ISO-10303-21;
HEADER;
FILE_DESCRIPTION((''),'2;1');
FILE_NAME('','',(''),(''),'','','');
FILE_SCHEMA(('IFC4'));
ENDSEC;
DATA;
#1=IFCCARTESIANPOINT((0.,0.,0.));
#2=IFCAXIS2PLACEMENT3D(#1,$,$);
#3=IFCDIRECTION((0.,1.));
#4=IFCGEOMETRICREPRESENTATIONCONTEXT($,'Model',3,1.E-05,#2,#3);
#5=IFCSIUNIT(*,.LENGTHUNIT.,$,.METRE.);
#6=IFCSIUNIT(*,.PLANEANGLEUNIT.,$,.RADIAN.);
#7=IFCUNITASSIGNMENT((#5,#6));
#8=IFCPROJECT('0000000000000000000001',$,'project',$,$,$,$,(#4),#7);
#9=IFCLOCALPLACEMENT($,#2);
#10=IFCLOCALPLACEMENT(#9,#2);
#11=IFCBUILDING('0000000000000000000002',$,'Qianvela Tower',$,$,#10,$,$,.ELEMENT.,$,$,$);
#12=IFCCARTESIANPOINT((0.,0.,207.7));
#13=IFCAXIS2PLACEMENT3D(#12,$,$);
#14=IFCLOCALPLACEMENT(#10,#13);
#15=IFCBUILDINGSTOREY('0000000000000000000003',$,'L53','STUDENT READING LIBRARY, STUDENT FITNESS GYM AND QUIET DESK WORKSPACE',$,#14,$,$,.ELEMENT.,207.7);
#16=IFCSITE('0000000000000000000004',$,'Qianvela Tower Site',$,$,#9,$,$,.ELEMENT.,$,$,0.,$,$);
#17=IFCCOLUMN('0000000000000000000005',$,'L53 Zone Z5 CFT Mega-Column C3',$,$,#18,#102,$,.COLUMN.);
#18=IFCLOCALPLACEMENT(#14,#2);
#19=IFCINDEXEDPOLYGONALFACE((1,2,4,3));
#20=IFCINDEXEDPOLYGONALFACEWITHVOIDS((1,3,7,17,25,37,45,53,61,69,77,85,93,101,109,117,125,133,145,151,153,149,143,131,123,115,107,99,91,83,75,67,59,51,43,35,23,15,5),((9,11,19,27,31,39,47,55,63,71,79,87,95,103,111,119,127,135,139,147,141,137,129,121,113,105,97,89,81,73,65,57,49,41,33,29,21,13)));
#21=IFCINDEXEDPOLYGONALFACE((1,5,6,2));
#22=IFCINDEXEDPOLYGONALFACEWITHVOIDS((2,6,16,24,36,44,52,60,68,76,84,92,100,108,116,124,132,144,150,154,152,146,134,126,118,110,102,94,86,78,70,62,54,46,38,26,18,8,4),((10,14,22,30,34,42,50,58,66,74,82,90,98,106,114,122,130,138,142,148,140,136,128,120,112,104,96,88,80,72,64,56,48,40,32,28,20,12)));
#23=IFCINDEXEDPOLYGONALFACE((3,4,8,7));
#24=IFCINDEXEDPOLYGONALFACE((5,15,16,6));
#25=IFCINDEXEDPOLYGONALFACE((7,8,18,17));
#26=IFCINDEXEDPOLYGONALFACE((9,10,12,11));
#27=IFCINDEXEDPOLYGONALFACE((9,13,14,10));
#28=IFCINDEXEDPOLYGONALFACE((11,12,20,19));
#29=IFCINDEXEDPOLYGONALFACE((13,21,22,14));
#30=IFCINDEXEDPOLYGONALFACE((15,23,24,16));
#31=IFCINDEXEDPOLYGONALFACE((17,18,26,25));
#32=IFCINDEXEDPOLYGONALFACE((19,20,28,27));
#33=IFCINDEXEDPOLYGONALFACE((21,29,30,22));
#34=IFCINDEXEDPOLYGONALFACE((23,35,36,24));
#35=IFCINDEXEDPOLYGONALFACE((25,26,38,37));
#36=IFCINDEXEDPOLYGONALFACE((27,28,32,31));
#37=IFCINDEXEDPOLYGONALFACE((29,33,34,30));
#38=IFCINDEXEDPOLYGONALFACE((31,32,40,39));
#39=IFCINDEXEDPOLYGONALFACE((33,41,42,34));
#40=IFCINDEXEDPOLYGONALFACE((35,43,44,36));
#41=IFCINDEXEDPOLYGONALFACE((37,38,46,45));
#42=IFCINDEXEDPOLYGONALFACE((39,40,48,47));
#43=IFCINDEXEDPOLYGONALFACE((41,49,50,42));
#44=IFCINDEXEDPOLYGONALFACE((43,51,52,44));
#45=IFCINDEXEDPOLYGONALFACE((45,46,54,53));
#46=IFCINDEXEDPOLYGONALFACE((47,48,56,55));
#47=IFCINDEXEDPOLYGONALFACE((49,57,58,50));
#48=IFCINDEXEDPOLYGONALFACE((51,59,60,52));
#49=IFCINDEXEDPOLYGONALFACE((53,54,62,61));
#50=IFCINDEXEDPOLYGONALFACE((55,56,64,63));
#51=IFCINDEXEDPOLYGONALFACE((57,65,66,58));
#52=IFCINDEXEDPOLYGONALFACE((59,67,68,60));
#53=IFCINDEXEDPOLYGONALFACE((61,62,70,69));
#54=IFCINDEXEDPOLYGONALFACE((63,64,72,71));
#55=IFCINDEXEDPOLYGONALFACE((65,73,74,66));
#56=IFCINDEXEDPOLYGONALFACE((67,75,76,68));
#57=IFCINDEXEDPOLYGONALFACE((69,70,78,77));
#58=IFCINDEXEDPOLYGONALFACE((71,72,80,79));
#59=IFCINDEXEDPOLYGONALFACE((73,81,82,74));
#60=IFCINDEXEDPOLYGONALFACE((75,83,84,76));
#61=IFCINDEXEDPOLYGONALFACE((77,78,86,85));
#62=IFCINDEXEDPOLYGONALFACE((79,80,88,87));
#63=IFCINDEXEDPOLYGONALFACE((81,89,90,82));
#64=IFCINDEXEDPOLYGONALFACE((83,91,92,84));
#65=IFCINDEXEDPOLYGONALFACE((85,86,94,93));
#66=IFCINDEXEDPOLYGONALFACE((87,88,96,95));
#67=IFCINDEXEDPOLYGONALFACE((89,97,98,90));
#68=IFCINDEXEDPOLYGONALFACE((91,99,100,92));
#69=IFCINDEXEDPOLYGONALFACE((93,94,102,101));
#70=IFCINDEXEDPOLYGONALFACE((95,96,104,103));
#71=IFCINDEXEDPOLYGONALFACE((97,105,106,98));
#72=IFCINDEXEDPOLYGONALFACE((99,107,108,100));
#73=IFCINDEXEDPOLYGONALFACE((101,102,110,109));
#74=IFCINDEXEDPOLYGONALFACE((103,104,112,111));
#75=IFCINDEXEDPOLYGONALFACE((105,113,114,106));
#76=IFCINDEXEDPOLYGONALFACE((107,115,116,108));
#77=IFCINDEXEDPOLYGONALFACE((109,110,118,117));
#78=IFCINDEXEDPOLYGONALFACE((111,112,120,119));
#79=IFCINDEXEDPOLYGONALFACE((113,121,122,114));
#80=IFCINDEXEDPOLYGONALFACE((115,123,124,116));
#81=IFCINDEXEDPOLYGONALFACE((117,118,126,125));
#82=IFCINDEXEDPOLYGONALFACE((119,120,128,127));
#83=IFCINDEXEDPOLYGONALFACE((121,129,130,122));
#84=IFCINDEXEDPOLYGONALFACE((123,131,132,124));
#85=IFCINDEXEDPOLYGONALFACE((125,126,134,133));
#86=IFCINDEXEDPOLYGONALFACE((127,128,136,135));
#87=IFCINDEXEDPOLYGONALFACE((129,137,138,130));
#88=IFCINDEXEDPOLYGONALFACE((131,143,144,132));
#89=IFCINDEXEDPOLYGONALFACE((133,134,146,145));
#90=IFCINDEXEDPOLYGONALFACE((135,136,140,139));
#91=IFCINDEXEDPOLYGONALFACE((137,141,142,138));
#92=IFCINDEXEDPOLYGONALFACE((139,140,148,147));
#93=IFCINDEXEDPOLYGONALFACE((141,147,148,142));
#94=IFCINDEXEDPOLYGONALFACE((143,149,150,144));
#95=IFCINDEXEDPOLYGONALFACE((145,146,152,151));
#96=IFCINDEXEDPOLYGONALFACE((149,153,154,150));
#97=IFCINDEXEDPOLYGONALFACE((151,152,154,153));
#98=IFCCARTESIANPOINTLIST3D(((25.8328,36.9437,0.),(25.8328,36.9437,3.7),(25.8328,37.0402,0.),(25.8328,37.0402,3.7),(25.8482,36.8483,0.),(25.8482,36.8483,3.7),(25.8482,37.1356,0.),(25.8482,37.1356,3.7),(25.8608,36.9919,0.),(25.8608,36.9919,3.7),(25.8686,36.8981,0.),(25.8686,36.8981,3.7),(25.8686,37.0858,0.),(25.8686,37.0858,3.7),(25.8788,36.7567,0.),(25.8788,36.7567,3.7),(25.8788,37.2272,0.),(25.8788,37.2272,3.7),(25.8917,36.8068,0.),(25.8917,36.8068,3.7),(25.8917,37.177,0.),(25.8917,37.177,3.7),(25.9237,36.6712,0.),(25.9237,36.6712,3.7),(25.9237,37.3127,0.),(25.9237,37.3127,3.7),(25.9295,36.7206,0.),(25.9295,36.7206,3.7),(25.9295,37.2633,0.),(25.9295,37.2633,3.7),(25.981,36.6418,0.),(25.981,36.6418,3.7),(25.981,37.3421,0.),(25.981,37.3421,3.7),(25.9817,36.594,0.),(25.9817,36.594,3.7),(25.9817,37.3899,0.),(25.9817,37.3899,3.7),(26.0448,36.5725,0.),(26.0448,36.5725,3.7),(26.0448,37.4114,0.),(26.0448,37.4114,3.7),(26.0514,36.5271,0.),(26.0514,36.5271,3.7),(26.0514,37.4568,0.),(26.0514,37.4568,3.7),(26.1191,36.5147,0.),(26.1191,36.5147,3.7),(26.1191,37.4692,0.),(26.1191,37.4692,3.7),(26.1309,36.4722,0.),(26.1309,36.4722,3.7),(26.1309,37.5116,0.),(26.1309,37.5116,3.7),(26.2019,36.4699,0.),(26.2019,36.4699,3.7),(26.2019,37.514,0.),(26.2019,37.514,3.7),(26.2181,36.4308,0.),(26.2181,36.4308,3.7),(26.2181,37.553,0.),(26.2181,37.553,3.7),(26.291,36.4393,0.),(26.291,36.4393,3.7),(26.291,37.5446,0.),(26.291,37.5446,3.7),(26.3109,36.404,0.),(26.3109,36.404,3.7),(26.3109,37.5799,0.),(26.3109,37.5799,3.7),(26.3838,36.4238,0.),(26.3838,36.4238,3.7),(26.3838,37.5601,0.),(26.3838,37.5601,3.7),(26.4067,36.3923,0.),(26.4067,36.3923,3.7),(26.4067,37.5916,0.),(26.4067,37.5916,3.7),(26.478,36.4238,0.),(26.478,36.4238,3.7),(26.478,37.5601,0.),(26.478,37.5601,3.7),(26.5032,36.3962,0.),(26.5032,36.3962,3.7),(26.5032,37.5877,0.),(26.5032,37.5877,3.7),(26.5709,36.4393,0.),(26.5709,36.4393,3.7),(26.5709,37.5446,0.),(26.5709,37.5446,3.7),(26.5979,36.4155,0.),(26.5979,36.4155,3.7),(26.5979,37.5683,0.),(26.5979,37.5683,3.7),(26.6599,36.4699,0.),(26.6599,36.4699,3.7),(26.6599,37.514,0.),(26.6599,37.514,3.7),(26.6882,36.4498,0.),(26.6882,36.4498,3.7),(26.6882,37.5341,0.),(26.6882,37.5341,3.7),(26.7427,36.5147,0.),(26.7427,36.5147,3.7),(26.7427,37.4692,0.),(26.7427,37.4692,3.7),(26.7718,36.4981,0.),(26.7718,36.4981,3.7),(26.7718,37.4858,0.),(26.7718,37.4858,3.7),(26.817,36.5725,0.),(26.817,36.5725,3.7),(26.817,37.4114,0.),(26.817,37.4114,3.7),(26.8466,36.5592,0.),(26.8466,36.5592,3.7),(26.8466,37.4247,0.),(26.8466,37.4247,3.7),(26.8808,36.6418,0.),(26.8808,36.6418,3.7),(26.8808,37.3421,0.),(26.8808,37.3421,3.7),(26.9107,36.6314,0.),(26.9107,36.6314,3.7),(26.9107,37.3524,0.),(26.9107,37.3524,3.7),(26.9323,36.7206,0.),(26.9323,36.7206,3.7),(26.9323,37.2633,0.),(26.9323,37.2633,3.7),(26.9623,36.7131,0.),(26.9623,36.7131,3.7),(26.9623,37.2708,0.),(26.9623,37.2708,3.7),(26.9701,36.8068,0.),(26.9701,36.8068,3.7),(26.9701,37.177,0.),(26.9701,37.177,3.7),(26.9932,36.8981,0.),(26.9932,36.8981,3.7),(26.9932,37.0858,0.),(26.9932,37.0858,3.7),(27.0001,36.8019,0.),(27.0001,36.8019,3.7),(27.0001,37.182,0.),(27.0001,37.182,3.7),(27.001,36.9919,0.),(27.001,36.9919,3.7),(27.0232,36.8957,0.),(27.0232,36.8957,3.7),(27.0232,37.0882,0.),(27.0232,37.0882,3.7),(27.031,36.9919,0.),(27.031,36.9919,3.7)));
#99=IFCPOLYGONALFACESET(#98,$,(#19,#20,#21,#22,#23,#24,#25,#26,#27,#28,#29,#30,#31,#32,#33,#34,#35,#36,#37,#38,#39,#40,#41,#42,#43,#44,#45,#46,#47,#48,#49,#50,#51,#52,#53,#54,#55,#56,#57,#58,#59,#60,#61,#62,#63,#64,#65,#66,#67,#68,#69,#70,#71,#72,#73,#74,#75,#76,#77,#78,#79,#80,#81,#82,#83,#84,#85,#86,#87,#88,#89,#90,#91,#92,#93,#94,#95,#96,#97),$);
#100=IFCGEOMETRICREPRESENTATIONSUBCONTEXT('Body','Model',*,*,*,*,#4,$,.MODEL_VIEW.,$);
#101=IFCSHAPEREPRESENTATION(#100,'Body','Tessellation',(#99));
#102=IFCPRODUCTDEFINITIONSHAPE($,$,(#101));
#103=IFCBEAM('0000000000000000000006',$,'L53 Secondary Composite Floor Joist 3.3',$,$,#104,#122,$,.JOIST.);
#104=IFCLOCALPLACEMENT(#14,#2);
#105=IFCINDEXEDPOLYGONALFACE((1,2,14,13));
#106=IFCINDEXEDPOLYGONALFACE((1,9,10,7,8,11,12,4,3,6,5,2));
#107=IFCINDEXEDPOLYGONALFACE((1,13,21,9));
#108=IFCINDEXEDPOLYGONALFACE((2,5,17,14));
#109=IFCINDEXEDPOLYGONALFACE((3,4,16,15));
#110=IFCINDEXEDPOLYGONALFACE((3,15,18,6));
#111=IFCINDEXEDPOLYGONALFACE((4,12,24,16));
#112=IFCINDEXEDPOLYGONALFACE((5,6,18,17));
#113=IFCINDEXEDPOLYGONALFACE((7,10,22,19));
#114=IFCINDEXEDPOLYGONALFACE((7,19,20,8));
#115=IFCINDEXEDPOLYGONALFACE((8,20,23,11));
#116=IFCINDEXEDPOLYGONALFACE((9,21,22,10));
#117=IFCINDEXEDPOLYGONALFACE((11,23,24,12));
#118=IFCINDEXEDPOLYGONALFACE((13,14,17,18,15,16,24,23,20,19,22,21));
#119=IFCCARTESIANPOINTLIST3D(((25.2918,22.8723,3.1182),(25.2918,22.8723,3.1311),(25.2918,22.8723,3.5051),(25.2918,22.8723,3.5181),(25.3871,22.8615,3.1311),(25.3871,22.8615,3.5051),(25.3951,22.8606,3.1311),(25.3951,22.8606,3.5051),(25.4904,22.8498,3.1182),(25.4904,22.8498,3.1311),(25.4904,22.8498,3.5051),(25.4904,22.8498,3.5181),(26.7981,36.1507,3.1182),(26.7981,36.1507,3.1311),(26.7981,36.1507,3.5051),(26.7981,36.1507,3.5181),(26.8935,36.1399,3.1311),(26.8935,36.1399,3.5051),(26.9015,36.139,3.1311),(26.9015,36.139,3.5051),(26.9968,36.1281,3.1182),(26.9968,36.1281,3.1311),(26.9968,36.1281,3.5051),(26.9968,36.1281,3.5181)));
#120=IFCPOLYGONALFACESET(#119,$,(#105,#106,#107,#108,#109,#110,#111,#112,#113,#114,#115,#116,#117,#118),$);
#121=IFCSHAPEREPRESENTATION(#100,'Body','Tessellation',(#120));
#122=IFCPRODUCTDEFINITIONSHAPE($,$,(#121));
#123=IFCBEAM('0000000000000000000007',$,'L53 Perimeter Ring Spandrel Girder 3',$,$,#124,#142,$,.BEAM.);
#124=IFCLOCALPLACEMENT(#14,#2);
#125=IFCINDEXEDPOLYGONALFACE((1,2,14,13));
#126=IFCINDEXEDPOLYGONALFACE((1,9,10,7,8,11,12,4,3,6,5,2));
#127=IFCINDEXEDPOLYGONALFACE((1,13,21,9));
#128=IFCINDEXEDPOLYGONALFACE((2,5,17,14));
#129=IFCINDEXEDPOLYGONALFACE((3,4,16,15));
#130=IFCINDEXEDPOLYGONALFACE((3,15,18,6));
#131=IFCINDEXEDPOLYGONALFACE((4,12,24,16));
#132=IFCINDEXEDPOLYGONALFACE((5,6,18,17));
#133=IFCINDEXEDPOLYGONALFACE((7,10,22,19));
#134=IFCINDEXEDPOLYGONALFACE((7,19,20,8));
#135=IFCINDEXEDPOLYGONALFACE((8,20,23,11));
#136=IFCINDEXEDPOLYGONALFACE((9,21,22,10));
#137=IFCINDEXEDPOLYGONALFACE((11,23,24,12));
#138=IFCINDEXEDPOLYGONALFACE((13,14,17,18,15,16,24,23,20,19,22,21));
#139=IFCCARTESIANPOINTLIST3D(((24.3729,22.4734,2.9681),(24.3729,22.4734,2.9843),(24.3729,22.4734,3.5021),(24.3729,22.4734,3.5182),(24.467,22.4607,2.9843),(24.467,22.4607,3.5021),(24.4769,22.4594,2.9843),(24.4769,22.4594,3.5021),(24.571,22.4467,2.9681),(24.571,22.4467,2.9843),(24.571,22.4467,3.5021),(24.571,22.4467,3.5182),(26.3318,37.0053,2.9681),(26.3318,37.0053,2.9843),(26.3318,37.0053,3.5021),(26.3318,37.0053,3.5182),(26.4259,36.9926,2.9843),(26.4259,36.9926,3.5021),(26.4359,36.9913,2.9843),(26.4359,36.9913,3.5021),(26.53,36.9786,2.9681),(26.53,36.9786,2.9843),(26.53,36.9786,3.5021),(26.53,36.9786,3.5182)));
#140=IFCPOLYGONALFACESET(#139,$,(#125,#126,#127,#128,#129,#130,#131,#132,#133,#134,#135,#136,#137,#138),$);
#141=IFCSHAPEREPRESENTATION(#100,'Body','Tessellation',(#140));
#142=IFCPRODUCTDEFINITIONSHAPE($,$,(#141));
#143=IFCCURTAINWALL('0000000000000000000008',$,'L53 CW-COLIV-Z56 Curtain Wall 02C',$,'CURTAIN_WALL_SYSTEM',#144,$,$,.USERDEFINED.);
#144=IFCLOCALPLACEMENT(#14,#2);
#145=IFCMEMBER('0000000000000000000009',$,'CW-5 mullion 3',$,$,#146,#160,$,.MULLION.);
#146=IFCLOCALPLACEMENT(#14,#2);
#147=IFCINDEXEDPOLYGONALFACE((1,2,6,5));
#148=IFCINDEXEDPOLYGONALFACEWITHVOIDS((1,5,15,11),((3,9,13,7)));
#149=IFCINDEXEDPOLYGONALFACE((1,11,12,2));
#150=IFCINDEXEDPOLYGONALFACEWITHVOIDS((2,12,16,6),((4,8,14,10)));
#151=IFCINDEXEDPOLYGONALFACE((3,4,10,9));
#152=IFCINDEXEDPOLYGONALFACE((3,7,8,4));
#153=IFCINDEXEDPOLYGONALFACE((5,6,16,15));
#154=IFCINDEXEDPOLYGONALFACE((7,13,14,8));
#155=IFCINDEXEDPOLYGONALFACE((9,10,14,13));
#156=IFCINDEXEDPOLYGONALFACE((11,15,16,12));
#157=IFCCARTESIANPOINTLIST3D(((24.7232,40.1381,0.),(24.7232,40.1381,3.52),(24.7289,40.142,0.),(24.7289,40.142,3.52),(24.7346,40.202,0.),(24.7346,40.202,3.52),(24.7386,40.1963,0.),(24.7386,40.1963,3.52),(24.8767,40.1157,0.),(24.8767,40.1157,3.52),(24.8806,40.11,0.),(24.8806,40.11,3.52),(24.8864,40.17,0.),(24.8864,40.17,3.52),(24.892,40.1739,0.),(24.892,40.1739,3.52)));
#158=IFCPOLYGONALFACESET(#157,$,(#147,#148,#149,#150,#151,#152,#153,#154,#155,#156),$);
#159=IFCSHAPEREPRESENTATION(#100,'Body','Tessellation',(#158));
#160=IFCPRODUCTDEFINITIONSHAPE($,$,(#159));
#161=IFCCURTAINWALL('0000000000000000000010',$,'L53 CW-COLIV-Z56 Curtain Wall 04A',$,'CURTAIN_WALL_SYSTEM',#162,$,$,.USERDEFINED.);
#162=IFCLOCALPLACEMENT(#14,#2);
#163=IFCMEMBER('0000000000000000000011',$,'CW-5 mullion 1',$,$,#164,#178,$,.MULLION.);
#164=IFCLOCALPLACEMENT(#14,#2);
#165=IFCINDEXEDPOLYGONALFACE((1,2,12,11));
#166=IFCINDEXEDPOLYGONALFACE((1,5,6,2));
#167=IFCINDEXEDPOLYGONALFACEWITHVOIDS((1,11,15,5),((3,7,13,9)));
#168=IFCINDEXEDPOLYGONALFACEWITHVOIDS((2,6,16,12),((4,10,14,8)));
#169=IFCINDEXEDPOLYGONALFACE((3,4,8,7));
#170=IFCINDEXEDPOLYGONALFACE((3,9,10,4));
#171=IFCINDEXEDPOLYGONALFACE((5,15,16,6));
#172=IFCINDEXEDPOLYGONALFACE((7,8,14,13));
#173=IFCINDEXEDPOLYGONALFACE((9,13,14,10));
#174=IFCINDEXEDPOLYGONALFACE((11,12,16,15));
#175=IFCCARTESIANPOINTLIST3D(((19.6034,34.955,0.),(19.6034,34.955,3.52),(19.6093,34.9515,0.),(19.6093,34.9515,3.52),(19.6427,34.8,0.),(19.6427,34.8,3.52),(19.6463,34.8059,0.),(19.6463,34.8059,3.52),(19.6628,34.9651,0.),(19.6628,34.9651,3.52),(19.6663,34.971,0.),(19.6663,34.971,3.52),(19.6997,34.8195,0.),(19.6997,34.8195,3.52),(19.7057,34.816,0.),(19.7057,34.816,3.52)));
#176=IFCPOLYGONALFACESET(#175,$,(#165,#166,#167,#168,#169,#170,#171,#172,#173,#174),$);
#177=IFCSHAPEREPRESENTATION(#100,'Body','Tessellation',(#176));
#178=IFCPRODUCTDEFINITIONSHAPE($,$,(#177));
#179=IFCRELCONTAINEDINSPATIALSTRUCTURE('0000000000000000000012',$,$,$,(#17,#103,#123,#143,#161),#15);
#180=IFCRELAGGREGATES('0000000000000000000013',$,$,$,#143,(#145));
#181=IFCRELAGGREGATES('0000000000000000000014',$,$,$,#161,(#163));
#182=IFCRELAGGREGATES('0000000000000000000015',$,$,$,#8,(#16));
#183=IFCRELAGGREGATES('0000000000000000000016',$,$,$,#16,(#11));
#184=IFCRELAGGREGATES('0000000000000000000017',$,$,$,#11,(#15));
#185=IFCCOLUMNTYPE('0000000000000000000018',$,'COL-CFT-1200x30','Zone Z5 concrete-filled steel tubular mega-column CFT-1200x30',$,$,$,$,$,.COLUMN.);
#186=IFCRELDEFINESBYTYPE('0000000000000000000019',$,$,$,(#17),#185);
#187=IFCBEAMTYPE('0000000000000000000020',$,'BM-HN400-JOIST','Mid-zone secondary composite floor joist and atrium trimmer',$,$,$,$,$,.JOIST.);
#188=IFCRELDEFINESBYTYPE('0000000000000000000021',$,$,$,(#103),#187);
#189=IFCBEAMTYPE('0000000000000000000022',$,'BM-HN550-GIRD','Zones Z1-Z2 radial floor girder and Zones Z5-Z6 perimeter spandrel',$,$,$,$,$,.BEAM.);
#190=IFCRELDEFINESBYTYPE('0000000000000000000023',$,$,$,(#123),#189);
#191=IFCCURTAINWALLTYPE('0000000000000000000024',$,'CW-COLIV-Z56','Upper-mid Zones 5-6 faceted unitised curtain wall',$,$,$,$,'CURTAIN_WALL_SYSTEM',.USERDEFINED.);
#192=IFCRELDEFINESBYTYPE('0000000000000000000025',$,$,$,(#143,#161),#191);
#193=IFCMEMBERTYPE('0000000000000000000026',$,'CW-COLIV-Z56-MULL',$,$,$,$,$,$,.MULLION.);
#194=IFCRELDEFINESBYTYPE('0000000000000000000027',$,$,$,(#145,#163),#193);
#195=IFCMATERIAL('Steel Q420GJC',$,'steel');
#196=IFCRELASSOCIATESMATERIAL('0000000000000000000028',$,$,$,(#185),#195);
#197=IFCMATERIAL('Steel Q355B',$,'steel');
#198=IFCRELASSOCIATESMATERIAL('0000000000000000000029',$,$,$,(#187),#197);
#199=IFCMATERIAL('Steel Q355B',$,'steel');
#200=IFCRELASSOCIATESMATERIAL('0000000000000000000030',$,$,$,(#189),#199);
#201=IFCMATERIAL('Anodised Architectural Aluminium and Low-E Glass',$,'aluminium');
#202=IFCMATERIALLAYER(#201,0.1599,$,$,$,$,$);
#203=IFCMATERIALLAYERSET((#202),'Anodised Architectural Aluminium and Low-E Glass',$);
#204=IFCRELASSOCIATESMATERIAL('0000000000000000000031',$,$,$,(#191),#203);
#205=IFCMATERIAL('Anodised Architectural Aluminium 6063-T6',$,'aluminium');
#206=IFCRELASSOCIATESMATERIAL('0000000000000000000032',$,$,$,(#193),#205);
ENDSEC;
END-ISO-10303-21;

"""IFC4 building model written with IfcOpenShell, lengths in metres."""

from ifc_helpers import new_model, si_unit, direction, frame, origin, origin_2d, place, context, subcontext, project, spatial, hollow_rectangle, hollow_circle, i_section, extrude, material, layer, layer_set, material_profile, profile_set, type_object, element, aggregate, save


model = new_model("IFC4")

# Units and contexts
model_context = context("Model", 3, precision=1e-05, world=origin(), true_north=direction((0.0, 1.0)))
body_context = subcontext(model_context, "Body", "Model", "MODEL_VIEW")
ifc_project = project(units=[si_unit("LENGTHUNIT", "METRE"), si_unit("PLANEANGLEUNIT", "RADIAN")], contexts=[model_context])

# Site, building, storey
site_placement = place(None, origin())
site = spatial("IfcSite", under=ifc_project, at=site_placement, Name="Qianvela Tower Site", CompositionType="ELEMENT", RefElevation=0.0)
building_placement = place(site_placement, origin())
building = spatial("IfcBuilding", under=site, at=building_placement, Name="Qianvela Tower", CompositionType="ELEMENT")
storey_placement = place(building_placement, frame((0.0, 0.0, 207.7)))
storey = spatial("IfcBuildingStorey", under=building, at=storey_placement, Name="L53", Description="STUDENT READING LIBRARY, STUDENT FITNESS GYM AND QUIET DESK WORKSPACE", CompositionType="ELEMENT", Elevation=207.7)

# Column
ifc_material_1 = material(Name="Steel Q420GJC", Category="steel")
ifc_material_profile_1 = material_profile(ifc_material_1, hollow_circle(Radius=0.6001, WallThickness=0.03, at=origin_2d()), Name="CFT-1200x30")
ifc_profile_set_1 = profile_set([ifc_material_profile_1], Name="Steel Q420GJC")
column_type = type_object("IfcColumnType", Name="COL-CFT-1200x30", Description="Zone Z5 concrete-filled steel tubular mega-column CFT-1200x30", PredefinedType="COLUMN", material=ifc_profile_set_1)
column_placement = place(storey_placement, frame((26.4309, 36.9919, 0.0), z_axis=(0.0, 0.0, 1.0), x_axis=(1.0, 0.0, 0.0)))
element("IfcColumn", 1, at=column_placement, inside=storey, type_object=column_type, Name="L53 Zone Z5 CFT Mega-Column C3", PredefinedType="COLUMN", context=body_context, shape_type="SweptSolid", body=[
    extrude(hollow_circle(Radius=0.6001, WallThickness=0.03, at=origin_2d()), origin(), (0.0, 0.0, 1.0), 3.7),
])

# Beams
ifc_material_2 = material(Name="Steel Q355B", Category="steel")
ifc_material_profile_2 = material_profile(ifc_material_2, i_section(OverallWidth=0.2, OverallDepth=0.3999, WebThickness=0.0081, FlangeThickness=0.0129, at=origin_2d()), Name="HN400x200x8x13")
ifc_profile_set_2 = profile_set([ifc_material_profile_2], Name="Steel Q355B")
beam_type_1 = type_object("IfcBeamType", Name="BM-HN400-JOIST", Description="Mid-zone secondary composite floor joist and atrium trimmer", PredefinedType="JOIST", material=ifc_profile_set_2)
beam_1_placement = place(storey_placement, frame((26.8975, 36.1394, 3.3181), z_axis=(-0.112721, -0.993627, 0.0), x_axis=(0.993627, -0.112721, 0.0)))
element("IfcBeam", 2, at=beam_1_placement, inside=storey, type_object=beam_type_1, Name="L53 Secondary Composite Floor Joist 3.3", PredefinedType="JOIST", context=body_context, shape_type="SweptSolid", body=[
    extrude(i_section(OverallWidth=0.2, OverallDepth=0.3999, WebThickness=0.0081, FlangeThickness=0.0129, at=origin_2d()), origin(), (0.0, 0.0, 1.0), 13.3635),
])
ifc_material_3 = material(Name="Steel Q355B", Category="steel")
ifc_material_profile_3 = material_profile(ifc_material_3, i_section(OverallWidth=0.2, OverallDepth=0.55, WebThickness=0.01, FlangeThickness=0.0161, at=origin_2d()), Name="HN550x200x10x16")
ifc_profile_set_3 = profile_set([ifc_material_profile_3], Name="Steel Q355B")
beam_type_2 = type_object("IfcBeamType", Name="BM-HN550-GIRD", Description="Zones Z1-Z2 radial floor girder and Zones Z5-Z6 perimeter spandrel", PredefinedType="BEAM", material=ifc_profile_set_3)
beam_2_placement = place(storey_placement, frame((26.4309, 36.9919, 3.2432), z_axis=(-0.133597, -0.991036, 0.0), x_axis=(0.991036, -0.133597, 0.0)))
element("IfcBeam", 3, at=beam_2_placement, inside=storey, type_object=beam_type_2, Name="L53 Perimeter Ring Spandrel Girder 3", PredefinedType="BEAM", context=body_context, shape_type="SweptSolid", body=[
    extrude(i_section(OverallWidth=0.2, OverallDepth=0.55, WebThickness=0.01, FlangeThickness=0.0161, at=origin_2d()), origin(), (0.0, 0.0, 1.0), 14.6633),
])

# Curtain wall, member
ifc_material_4 = material(Name="Anodised Architectural Aluminium and Low-E Glass", Category="aluminium")
ifc_layer_1 = layer(ifc_material_4, 0.1599)
ifc_layer_set_1 = layer_set([ifc_layer_1], Name="Anodised Architectural Aluminium and Low-E Glass")
curtain_wall_type = type_object("IfcCurtainWallType", Name="CW-COLIV-Z56", Description="Upper-mid Zones 5-6 faceted unitised curtain wall", ElementType="CURTAIN_WALL_SYSTEM", PredefinedType="USERDEFINED", material=ifc_layer_set_1)
curtain_wall_1_placement = place(storey_placement, origin())
curtain_wall_1 = element("IfcCurtainWall", 4, at=curtain_wall_1_placement, inside=storey, type_object=curtain_wall_type, Name="L53 CW-COLIV-Z56 Curtain Wall 02C", ObjectType="CURTAIN_WALL_SYSTEM", PredefinedType="USERDEFINED")
ifc_material_5 = material(Name="Anodised Architectural Aluminium 6063-T6", Category="aluminium")
ifc_material_profile_4 = material_profile(ifc_material_5, hollow_rectangle(XDim=0.0649, YDim=0.1599, WallThickness=0.0049, at=origin_2d()), Name="ALU-MULL-65x160")
ifc_profile_set_4 = profile_set([ifc_material_profile_4], Name="Anodised Architectural Aluminium 6063-T6")
member_type_1 = type_object("IfcMemberType", Name="CW-COLIV-Z56-MULL", PredefinedType="MULLION", material=ifc_profile_set_4)
member_1_placement = place(storey_placement, frame((24.8076, 40.156, 0.0), z_axis=(0.0, 0.0, 1.0), x_axis=(-0.175586, -0.984464, 0.0)))
member_1 = element("IfcMember", 5, at=member_1_placement, type_object=member_type_1, Name="CW-5 mullion 3", PredefinedType="MULLION", context=body_context, shape_type="SweptSolid", body=[
    extrude(hollow_rectangle(XDim=0.0649, YDim=0.1599, WallThickness=0.0049, at=origin_2d()), origin(), (0.0, 0.0, 1.0), 3.52),
])
aggregate(curtain_wall_1, [member_1])

# Curtain wall, member
curtain_wall_2_placement = place(storey_placement, origin())
curtain_wall_2 = element("IfcCurtainWall", 6, at=curtain_wall_2_placement, inside=storey, type_object=curtain_wall_type, Name="L53 CW-COLIV-Z56 Curtain Wall 04A", ObjectType="CURTAIN_WALL_SYSTEM", PredefinedType="USERDEFINED")
member_2_placement = place(storey_placement, frame((19.6545, 34.8855, 0.0), z_axis=(0.0, 0.0, 1.0), x_axis=(0.969273, 0.245986, 0.0)))
member_2 = element("IfcMember", 7, at=member_2_placement, type_object=member_type_1, Name="CW-5 mullion 1", PredefinedType="MULLION", context=body_context, shape_type="SweptSolid", body=[
    extrude(hollow_rectangle(XDim=0.0649, YDim=0.1599, WallThickness=0.0049, at=origin_2d()), origin(), (0.0, 0.0, 1.0), 3.52),
])
aggregate(curtain_wall_2, [member_2])

save(model, "model.ifc")
